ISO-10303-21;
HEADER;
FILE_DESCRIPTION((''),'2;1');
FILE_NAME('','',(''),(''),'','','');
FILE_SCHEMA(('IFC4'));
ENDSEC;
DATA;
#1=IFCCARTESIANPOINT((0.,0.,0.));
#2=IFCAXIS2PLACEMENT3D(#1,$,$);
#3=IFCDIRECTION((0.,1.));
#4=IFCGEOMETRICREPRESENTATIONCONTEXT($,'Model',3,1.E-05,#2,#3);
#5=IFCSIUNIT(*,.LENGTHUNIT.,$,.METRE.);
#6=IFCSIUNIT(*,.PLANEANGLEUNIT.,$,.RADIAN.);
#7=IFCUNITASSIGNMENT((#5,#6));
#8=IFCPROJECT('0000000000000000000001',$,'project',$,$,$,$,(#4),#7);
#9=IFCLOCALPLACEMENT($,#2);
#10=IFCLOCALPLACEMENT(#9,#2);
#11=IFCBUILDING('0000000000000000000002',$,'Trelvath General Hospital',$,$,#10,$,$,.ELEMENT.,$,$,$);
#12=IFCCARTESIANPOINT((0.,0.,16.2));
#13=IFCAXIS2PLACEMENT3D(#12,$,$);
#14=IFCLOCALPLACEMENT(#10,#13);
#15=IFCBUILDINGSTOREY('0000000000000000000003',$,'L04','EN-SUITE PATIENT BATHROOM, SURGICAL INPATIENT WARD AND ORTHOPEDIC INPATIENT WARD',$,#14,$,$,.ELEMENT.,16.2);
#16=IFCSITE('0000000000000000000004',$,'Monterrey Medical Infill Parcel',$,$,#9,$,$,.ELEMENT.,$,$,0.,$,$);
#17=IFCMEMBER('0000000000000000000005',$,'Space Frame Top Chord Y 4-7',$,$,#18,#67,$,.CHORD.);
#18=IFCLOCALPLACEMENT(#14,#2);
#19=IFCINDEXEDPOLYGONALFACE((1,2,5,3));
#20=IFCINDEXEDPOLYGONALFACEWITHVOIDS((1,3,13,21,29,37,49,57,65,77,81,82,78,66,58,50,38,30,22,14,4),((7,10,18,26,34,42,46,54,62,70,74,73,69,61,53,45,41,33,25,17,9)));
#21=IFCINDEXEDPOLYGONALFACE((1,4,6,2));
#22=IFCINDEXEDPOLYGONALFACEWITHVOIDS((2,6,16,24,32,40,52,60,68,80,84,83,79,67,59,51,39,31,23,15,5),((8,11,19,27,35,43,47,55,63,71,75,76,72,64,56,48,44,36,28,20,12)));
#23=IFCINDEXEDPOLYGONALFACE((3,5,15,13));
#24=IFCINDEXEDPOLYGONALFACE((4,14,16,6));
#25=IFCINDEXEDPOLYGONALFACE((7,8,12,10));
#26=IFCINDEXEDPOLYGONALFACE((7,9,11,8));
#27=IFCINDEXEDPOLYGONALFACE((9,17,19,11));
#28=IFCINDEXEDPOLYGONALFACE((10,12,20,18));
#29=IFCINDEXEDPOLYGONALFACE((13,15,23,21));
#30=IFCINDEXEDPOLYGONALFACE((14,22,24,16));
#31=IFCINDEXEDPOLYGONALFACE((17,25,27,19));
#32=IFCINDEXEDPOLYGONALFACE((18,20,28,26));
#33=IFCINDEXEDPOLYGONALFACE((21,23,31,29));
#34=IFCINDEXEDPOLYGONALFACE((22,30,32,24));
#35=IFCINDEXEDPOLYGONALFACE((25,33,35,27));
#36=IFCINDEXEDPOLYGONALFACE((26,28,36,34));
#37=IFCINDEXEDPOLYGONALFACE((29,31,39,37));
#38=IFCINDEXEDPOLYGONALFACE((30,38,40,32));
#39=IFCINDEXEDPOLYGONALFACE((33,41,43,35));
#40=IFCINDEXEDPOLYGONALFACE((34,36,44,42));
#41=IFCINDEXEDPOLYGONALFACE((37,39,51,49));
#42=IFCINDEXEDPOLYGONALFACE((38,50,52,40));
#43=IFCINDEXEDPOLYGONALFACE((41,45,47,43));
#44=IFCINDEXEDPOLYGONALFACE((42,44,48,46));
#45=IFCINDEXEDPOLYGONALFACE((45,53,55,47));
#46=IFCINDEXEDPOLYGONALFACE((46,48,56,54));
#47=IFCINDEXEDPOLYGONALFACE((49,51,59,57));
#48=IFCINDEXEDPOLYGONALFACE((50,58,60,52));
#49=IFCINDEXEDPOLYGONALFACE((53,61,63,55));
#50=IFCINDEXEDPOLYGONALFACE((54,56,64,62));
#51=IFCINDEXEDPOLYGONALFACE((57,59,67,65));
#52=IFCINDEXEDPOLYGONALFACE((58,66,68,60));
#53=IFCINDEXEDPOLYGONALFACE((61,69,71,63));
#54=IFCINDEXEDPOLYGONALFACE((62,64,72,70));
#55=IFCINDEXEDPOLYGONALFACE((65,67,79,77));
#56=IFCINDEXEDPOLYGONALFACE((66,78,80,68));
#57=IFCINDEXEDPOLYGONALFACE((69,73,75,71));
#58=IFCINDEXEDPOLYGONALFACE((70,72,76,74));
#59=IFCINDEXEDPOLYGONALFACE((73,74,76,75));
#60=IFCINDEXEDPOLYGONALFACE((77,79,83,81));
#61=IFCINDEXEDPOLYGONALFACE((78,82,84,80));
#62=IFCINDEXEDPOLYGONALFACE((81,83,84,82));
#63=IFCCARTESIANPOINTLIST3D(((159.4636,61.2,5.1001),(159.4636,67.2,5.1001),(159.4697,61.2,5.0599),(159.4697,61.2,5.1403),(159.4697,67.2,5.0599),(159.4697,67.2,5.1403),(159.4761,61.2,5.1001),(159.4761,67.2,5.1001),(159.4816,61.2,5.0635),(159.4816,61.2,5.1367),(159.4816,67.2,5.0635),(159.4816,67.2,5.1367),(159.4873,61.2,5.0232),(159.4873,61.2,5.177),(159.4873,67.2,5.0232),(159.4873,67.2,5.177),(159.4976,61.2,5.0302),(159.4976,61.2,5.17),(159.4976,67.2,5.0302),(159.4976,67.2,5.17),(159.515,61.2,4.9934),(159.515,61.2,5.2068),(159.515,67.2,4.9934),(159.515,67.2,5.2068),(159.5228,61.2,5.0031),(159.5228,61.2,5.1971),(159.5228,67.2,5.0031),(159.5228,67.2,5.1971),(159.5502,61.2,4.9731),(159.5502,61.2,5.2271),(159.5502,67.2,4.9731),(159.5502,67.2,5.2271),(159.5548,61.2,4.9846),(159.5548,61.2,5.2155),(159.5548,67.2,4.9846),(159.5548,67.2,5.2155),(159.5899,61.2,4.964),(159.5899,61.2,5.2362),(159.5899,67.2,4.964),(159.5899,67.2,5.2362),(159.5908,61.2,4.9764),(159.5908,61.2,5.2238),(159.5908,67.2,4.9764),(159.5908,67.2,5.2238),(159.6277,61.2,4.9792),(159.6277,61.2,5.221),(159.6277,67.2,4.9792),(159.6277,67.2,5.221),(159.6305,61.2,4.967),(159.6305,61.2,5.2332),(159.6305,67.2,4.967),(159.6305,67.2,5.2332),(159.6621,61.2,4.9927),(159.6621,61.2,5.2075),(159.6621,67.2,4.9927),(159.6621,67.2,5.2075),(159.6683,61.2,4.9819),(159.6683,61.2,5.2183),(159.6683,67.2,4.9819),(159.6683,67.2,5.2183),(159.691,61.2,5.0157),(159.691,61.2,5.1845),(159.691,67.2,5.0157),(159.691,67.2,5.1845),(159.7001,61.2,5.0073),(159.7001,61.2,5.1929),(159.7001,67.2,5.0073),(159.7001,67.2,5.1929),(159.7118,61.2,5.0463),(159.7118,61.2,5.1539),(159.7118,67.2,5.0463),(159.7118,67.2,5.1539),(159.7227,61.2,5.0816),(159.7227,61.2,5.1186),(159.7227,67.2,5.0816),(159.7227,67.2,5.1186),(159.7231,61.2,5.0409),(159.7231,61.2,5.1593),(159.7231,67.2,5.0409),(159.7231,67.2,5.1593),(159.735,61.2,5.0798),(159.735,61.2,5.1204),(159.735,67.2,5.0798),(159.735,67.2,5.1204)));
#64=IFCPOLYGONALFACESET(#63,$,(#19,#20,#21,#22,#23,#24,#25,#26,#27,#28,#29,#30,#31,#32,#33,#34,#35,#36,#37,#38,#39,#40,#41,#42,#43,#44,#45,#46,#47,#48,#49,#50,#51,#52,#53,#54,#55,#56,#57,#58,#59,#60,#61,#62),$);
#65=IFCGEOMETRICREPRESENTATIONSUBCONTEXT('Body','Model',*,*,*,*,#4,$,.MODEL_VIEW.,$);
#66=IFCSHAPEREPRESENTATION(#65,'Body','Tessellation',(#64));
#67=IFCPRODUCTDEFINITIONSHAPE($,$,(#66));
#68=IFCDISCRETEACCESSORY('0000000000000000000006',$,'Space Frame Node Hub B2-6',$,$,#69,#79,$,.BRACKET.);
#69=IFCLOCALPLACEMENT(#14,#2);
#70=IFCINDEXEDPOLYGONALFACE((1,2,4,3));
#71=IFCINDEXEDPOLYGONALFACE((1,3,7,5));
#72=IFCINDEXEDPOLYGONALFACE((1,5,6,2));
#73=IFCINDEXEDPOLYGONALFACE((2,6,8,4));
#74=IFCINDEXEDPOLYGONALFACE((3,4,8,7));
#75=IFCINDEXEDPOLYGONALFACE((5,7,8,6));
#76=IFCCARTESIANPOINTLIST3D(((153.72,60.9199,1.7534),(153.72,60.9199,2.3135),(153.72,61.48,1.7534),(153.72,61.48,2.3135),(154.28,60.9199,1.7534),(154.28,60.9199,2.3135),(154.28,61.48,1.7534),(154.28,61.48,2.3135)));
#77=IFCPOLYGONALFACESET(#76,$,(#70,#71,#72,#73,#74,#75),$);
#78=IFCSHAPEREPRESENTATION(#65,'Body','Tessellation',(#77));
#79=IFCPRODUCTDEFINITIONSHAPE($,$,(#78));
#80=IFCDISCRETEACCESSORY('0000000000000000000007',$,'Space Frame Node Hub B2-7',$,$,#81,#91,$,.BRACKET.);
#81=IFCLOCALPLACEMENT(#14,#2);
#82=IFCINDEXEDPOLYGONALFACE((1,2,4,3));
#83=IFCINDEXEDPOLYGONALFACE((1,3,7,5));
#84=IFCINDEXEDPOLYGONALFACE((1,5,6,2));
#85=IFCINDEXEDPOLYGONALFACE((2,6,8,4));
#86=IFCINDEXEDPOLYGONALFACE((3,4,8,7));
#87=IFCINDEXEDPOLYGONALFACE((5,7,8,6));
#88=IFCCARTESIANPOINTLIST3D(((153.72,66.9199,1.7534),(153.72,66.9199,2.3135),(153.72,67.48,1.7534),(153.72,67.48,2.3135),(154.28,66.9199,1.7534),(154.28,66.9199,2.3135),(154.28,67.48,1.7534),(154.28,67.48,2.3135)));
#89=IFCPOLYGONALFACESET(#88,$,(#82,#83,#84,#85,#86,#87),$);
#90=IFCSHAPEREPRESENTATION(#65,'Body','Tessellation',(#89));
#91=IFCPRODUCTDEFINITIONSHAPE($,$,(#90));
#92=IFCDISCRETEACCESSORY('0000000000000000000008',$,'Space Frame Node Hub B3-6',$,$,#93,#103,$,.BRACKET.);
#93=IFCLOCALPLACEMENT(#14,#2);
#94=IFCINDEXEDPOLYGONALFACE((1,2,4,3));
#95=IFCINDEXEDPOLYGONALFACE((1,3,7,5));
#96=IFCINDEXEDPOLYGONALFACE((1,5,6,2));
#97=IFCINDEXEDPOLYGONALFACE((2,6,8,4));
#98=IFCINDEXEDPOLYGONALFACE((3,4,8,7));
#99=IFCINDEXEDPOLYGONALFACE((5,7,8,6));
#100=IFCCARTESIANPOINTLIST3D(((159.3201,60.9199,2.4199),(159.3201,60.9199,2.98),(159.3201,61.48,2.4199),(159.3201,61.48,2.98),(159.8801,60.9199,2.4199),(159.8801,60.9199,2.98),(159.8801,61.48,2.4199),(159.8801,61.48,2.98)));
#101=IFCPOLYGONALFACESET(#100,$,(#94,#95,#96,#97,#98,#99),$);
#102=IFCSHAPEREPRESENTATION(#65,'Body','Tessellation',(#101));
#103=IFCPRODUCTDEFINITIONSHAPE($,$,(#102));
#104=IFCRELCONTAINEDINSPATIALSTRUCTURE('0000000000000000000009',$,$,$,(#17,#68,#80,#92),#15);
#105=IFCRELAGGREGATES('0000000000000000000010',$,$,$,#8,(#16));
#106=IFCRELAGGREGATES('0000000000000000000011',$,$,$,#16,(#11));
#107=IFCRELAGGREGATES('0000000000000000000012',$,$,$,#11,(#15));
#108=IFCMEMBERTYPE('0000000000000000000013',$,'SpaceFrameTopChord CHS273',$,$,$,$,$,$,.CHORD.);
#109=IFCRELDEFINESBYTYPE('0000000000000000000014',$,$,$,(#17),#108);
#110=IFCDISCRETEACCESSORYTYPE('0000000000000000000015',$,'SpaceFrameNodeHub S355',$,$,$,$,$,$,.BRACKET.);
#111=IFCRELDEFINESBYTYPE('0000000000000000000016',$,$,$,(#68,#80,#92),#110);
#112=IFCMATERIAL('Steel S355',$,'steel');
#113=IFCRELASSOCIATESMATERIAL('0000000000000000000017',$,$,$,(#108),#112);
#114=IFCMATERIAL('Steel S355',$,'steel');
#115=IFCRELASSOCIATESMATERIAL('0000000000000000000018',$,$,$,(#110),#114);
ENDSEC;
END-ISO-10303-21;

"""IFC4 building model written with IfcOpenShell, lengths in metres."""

from ifc_helpers import new_model, si_unit, direction, frame, origin, origin_2d, place, context, subcontext, project, spatial, rectangle, hollow_circle, extrude, material, material_profile, profile_set, type_object, element, save


model = new_model("IFC4")

# Units and contexts
model_context = context("Model", 3, precision=1e-05, world=origin(), true_north=direction((0.0, 1.0)))
body_context = subcontext(model_context, "Body", "Model", "MODEL_VIEW")
ifc_project = project(units=[si_unit("LENGTHUNIT", "METRE"), si_unit("PLANEANGLEUNIT", "RADIAN")], contexts=[model_context])

# Site, building, storey
site_placement = place(None, origin())
site = spatial("IfcSite", under=ifc_project, at=site_placement, Name="Monterrey Medical Infill Parcel", CompositionType="ELEMENT", RefElevation=0.0)
building_placement = place(site_placement, origin())
building = spatial("IfcBuilding", under=site, at=building_placement, Name="Trelvath General Hospital", CompositionType="ELEMENT")
storey_placement = place(building_placement, frame((0.0, 0.0, 16.2)))
storey = spatial("IfcBuildingStorey", under=building, at=storey_placement, Name="L04", Description="EN-SUITE PATIENT BATHROOM, SURGICAL INPATIENT WARD AND ORTHOPEDIC INPATIENT WARD", CompositionType="ELEMENT", Elevation=16.2)

# Member
ifc_material_1 = material(Name="Steel S355", Category="steel")
ifc_material_profile_1 = material_profile(ifc_material_1, hollow_circle(Radius=0.1365, WallThickness=0.0125, at=origin_2d()), Name="CHS273.0x12.5")
ifc_profile_set_1 = profile_set([ifc_material_profile_1], Name="Steel S355")
member_type_1 = type_object("IfcMemberType", Name="SpaceFrameTopChord CHS273", PredefinedType="CHORD", material=ifc_profile_set_1)
member_1_placement = place(storey_placement, frame((159.6001, 61.2, 5.1001), z_axis=(0.0, 1.0, 0.0), x_axis=(-1.0, 0.0, 0.0)))
element("IfcMember", 1, at=member_1_placement, inside=storey, type_object=member_type_1, Name="Space Frame Top Chord Y 4-7", PredefinedType="CHORD", context=body_context, shape_type="SweptSolid", body=[
    extrude(hollow_circle(Radius=0.1365, WallThickness=0.0125, at=origin_2d()), origin(), (0.0, 0.0, 1.0), 6.0),
])

# Discrete accessories
ifc_material_2 = material(Name="Steel S355", Category="steel")
discrete_accessory_type = type_object("IfcDiscreteAccessoryType", Name="SpaceFrameNodeHub S355", PredefinedType="BRACKET", material=ifc_material_2)
for number, where, z_axis, x_axis, name in (
    (2, (154.0, 61.2, 1.7534), (0.0, 0.0, 1.0), (1.0, 0.0, 0.0), "Space Frame Node Hub B2-6"),
    (3, (154.0, 67.2, 1.7534), (0.0, 0.0, 1.0), (1.0, 0.0, 0.0), "Space Frame Node Hub B2-7"),
    (4, (159.6001, 61.2, 2.4199), (0.0, 0.0, 1.0), (1.0, 0.0, 0.0), "Space Frame Node Hub B3-6"),
):
    element("IfcDiscreteAccessory", number, at=place(storey_placement, frame(where, z_axis=z_axis, x_axis=x_axis)), inside=storey, type_object=discrete_accessory_type, Name=name, PredefinedType="BRACKET", context=body_context, shape_type="SweptSolid", body=[
        extrude(rectangle(XDim=0.5601, YDim=0.5601, at=origin_2d()), origin(), (0.0, 0.0, 1.0), 0.5601),
    ])

save(model, "model.ifc")
